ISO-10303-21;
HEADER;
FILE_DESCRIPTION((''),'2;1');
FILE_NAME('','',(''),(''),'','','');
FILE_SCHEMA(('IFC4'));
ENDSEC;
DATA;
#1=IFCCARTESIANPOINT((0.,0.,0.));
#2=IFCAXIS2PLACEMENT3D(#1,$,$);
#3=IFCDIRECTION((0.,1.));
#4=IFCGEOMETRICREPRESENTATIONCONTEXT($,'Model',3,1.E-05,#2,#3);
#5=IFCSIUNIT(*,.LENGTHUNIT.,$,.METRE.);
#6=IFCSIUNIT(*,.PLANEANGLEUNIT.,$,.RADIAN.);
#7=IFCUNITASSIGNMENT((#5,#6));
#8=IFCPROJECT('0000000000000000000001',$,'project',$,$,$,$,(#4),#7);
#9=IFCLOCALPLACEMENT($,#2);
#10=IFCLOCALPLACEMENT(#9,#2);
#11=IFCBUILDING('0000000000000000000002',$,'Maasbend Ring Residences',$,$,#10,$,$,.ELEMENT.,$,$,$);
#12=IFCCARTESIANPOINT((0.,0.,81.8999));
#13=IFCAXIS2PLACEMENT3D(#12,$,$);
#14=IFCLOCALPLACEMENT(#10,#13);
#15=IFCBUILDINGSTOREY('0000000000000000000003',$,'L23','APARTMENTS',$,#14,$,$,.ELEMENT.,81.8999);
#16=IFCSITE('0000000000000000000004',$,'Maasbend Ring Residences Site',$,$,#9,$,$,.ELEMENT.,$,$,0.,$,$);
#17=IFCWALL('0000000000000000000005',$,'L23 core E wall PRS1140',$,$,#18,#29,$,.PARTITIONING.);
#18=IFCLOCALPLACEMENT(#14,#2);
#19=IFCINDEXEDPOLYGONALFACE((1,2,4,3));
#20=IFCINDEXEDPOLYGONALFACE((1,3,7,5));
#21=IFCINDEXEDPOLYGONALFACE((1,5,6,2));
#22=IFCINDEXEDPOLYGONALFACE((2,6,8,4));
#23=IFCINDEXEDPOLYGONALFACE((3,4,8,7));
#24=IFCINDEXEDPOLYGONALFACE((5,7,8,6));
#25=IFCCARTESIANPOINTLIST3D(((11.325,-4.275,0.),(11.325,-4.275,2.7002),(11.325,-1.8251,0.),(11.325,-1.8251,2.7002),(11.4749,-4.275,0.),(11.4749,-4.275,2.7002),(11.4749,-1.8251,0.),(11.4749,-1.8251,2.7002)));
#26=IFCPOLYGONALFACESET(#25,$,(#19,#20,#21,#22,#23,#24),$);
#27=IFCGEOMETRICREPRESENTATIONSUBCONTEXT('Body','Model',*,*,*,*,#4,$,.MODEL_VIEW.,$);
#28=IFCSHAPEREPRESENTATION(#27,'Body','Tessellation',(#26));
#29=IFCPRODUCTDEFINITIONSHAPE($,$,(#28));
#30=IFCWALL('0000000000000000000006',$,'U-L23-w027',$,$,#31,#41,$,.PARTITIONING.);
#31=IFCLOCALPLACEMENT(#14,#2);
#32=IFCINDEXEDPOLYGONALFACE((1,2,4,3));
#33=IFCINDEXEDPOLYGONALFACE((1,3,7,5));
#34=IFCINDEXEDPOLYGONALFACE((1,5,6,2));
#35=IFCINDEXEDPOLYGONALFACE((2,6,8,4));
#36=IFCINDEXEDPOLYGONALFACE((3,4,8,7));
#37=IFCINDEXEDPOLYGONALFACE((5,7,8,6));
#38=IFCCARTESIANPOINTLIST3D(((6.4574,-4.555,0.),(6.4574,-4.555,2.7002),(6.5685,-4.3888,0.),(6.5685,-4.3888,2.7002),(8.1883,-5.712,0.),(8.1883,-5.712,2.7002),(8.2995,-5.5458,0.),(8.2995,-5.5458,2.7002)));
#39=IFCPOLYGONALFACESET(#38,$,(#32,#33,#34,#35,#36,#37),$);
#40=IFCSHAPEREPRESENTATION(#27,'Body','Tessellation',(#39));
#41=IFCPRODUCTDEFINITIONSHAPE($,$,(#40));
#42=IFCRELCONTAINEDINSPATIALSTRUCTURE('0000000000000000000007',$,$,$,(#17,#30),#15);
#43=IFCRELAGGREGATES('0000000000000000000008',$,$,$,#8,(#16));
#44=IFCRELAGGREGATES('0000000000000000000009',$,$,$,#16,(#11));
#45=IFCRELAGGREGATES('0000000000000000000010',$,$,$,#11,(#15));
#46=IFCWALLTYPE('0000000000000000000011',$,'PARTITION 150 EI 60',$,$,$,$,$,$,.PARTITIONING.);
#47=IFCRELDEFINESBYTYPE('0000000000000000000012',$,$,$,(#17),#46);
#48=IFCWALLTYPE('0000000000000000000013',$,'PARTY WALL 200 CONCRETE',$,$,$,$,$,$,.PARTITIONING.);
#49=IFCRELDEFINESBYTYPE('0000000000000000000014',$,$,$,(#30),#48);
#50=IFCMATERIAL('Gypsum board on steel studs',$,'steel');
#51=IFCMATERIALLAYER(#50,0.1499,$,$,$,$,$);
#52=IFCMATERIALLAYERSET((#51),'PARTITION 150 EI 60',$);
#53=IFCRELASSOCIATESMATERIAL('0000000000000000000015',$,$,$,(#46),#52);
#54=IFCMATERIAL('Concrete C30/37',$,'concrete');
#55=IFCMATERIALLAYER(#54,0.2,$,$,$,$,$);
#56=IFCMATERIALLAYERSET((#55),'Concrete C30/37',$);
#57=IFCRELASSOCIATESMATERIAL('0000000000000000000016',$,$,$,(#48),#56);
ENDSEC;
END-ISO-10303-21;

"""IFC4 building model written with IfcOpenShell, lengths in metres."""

from ifc_helpers import new_model, si_unit, direction, frame, frame_2d, origin, place, context, subcontext, project, spatial, rectangle, extrude, material, layer, layer_set, type_object, element, save


model = new_model("IFC4")

# Units and contexts
model_context = context("Model", 3, precision=1e-05, world=origin(), true_north=direction((0.0, 1.0)))
body_context = subcontext(model_context, "Body", "Model", "MODEL_VIEW")
ifc_project = project(units=[si_unit("LENGTHUNIT", "METRE"), si_unit("PLANEANGLEUNIT", "RADIAN")], contexts=[model_context])

# Site, building, storey
site_placement = place(None, origin())
site = spatial("IfcSite", under=ifc_project, at=site_placement, Name="Maasbend Ring Residences Site", CompositionType="ELEMENT", RefElevation=0.0)
building_placement = place(site_placement, origin())
building = spatial("IfcBuilding", under=site, at=building_placement, Name="Maasbend Ring Residences", CompositionType="ELEMENT")
storey_placement = place(building_placement, frame((0.0, 0.0, 81.8999)))
storey = spatial("IfcBuildingStorey", under=building, at=storey_placement, Name="L23", Description="APARTMENTS", CompositionType="ELEMENT", Elevation=81.8999)

# Walls
ifc_material_1 = material(Name="Gypsum board on steel studs", Category="steel")
ifc_layer_1 = layer(ifc_material_1, 0.1499)
ifc_layer_set_1 = layer_set([ifc_layer_1], Name="PARTITION 150 EI 60")
wall_type_1 = type_object("IfcWallType", Name="PARTITION 150 EI 60", PredefinedType="PARTITIONING", material=ifc_layer_set_1)
wall_1_placement = place(storey_placement, frame((11.3999, -1.825, 0.0), z_axis=(0.0, 0.0, 1.0), x_axis=(0.0, -1.0, 0.0)))
element("IfcWall", 1, at=wall_1_placement, inside=storey, type_object=wall_type_1, Name="L23 core E wall PRS1140", PredefinedType="PARTITIONING", context=body_context, shape_type="SweptSolid", body=[
    extrude(rectangle(XDim=2.45, YDim=0.1499, at=frame_2d((1.2251, 0.0))), origin(), (0.0, 0.0, 1.0), 2.7002),
])
ifc_material_2 = material(Name="Concrete C30/37", Category="concrete")
ifc_layer_2 = layer(ifc_material_2, 0.2)
ifc_layer_set_2 = layer_set([ifc_layer_2], Name="Concrete C30/37")
wall_type_2 = type_object("IfcWallType", Name="PARTY WALL 200 CONCRETE", PredefinedType="PARTITIONING", material=ifc_layer_set_2)
wall_2_placement = place(storey_placement, frame((6.5129, -4.4719, 0.0), z_axis=(0.0, 0.0, 1.0), x_axis=(0.831382, -0.555701, 0.0)))
element("IfcWall", 2, at=wall_2_placement, inside=storey, type_object=wall_type_2, Name="U-L23-w027", PredefinedType="PARTITIONING", context=body_context, shape_type="SweptSolid", body=[
    extrude(rectangle(XDim=2.082, YDim=0.2, at=frame_2d((1.041, 0.0))), origin(), (0.0, 0.0, 1.0), 2.7002),
])

save(model, "model.ifc")
